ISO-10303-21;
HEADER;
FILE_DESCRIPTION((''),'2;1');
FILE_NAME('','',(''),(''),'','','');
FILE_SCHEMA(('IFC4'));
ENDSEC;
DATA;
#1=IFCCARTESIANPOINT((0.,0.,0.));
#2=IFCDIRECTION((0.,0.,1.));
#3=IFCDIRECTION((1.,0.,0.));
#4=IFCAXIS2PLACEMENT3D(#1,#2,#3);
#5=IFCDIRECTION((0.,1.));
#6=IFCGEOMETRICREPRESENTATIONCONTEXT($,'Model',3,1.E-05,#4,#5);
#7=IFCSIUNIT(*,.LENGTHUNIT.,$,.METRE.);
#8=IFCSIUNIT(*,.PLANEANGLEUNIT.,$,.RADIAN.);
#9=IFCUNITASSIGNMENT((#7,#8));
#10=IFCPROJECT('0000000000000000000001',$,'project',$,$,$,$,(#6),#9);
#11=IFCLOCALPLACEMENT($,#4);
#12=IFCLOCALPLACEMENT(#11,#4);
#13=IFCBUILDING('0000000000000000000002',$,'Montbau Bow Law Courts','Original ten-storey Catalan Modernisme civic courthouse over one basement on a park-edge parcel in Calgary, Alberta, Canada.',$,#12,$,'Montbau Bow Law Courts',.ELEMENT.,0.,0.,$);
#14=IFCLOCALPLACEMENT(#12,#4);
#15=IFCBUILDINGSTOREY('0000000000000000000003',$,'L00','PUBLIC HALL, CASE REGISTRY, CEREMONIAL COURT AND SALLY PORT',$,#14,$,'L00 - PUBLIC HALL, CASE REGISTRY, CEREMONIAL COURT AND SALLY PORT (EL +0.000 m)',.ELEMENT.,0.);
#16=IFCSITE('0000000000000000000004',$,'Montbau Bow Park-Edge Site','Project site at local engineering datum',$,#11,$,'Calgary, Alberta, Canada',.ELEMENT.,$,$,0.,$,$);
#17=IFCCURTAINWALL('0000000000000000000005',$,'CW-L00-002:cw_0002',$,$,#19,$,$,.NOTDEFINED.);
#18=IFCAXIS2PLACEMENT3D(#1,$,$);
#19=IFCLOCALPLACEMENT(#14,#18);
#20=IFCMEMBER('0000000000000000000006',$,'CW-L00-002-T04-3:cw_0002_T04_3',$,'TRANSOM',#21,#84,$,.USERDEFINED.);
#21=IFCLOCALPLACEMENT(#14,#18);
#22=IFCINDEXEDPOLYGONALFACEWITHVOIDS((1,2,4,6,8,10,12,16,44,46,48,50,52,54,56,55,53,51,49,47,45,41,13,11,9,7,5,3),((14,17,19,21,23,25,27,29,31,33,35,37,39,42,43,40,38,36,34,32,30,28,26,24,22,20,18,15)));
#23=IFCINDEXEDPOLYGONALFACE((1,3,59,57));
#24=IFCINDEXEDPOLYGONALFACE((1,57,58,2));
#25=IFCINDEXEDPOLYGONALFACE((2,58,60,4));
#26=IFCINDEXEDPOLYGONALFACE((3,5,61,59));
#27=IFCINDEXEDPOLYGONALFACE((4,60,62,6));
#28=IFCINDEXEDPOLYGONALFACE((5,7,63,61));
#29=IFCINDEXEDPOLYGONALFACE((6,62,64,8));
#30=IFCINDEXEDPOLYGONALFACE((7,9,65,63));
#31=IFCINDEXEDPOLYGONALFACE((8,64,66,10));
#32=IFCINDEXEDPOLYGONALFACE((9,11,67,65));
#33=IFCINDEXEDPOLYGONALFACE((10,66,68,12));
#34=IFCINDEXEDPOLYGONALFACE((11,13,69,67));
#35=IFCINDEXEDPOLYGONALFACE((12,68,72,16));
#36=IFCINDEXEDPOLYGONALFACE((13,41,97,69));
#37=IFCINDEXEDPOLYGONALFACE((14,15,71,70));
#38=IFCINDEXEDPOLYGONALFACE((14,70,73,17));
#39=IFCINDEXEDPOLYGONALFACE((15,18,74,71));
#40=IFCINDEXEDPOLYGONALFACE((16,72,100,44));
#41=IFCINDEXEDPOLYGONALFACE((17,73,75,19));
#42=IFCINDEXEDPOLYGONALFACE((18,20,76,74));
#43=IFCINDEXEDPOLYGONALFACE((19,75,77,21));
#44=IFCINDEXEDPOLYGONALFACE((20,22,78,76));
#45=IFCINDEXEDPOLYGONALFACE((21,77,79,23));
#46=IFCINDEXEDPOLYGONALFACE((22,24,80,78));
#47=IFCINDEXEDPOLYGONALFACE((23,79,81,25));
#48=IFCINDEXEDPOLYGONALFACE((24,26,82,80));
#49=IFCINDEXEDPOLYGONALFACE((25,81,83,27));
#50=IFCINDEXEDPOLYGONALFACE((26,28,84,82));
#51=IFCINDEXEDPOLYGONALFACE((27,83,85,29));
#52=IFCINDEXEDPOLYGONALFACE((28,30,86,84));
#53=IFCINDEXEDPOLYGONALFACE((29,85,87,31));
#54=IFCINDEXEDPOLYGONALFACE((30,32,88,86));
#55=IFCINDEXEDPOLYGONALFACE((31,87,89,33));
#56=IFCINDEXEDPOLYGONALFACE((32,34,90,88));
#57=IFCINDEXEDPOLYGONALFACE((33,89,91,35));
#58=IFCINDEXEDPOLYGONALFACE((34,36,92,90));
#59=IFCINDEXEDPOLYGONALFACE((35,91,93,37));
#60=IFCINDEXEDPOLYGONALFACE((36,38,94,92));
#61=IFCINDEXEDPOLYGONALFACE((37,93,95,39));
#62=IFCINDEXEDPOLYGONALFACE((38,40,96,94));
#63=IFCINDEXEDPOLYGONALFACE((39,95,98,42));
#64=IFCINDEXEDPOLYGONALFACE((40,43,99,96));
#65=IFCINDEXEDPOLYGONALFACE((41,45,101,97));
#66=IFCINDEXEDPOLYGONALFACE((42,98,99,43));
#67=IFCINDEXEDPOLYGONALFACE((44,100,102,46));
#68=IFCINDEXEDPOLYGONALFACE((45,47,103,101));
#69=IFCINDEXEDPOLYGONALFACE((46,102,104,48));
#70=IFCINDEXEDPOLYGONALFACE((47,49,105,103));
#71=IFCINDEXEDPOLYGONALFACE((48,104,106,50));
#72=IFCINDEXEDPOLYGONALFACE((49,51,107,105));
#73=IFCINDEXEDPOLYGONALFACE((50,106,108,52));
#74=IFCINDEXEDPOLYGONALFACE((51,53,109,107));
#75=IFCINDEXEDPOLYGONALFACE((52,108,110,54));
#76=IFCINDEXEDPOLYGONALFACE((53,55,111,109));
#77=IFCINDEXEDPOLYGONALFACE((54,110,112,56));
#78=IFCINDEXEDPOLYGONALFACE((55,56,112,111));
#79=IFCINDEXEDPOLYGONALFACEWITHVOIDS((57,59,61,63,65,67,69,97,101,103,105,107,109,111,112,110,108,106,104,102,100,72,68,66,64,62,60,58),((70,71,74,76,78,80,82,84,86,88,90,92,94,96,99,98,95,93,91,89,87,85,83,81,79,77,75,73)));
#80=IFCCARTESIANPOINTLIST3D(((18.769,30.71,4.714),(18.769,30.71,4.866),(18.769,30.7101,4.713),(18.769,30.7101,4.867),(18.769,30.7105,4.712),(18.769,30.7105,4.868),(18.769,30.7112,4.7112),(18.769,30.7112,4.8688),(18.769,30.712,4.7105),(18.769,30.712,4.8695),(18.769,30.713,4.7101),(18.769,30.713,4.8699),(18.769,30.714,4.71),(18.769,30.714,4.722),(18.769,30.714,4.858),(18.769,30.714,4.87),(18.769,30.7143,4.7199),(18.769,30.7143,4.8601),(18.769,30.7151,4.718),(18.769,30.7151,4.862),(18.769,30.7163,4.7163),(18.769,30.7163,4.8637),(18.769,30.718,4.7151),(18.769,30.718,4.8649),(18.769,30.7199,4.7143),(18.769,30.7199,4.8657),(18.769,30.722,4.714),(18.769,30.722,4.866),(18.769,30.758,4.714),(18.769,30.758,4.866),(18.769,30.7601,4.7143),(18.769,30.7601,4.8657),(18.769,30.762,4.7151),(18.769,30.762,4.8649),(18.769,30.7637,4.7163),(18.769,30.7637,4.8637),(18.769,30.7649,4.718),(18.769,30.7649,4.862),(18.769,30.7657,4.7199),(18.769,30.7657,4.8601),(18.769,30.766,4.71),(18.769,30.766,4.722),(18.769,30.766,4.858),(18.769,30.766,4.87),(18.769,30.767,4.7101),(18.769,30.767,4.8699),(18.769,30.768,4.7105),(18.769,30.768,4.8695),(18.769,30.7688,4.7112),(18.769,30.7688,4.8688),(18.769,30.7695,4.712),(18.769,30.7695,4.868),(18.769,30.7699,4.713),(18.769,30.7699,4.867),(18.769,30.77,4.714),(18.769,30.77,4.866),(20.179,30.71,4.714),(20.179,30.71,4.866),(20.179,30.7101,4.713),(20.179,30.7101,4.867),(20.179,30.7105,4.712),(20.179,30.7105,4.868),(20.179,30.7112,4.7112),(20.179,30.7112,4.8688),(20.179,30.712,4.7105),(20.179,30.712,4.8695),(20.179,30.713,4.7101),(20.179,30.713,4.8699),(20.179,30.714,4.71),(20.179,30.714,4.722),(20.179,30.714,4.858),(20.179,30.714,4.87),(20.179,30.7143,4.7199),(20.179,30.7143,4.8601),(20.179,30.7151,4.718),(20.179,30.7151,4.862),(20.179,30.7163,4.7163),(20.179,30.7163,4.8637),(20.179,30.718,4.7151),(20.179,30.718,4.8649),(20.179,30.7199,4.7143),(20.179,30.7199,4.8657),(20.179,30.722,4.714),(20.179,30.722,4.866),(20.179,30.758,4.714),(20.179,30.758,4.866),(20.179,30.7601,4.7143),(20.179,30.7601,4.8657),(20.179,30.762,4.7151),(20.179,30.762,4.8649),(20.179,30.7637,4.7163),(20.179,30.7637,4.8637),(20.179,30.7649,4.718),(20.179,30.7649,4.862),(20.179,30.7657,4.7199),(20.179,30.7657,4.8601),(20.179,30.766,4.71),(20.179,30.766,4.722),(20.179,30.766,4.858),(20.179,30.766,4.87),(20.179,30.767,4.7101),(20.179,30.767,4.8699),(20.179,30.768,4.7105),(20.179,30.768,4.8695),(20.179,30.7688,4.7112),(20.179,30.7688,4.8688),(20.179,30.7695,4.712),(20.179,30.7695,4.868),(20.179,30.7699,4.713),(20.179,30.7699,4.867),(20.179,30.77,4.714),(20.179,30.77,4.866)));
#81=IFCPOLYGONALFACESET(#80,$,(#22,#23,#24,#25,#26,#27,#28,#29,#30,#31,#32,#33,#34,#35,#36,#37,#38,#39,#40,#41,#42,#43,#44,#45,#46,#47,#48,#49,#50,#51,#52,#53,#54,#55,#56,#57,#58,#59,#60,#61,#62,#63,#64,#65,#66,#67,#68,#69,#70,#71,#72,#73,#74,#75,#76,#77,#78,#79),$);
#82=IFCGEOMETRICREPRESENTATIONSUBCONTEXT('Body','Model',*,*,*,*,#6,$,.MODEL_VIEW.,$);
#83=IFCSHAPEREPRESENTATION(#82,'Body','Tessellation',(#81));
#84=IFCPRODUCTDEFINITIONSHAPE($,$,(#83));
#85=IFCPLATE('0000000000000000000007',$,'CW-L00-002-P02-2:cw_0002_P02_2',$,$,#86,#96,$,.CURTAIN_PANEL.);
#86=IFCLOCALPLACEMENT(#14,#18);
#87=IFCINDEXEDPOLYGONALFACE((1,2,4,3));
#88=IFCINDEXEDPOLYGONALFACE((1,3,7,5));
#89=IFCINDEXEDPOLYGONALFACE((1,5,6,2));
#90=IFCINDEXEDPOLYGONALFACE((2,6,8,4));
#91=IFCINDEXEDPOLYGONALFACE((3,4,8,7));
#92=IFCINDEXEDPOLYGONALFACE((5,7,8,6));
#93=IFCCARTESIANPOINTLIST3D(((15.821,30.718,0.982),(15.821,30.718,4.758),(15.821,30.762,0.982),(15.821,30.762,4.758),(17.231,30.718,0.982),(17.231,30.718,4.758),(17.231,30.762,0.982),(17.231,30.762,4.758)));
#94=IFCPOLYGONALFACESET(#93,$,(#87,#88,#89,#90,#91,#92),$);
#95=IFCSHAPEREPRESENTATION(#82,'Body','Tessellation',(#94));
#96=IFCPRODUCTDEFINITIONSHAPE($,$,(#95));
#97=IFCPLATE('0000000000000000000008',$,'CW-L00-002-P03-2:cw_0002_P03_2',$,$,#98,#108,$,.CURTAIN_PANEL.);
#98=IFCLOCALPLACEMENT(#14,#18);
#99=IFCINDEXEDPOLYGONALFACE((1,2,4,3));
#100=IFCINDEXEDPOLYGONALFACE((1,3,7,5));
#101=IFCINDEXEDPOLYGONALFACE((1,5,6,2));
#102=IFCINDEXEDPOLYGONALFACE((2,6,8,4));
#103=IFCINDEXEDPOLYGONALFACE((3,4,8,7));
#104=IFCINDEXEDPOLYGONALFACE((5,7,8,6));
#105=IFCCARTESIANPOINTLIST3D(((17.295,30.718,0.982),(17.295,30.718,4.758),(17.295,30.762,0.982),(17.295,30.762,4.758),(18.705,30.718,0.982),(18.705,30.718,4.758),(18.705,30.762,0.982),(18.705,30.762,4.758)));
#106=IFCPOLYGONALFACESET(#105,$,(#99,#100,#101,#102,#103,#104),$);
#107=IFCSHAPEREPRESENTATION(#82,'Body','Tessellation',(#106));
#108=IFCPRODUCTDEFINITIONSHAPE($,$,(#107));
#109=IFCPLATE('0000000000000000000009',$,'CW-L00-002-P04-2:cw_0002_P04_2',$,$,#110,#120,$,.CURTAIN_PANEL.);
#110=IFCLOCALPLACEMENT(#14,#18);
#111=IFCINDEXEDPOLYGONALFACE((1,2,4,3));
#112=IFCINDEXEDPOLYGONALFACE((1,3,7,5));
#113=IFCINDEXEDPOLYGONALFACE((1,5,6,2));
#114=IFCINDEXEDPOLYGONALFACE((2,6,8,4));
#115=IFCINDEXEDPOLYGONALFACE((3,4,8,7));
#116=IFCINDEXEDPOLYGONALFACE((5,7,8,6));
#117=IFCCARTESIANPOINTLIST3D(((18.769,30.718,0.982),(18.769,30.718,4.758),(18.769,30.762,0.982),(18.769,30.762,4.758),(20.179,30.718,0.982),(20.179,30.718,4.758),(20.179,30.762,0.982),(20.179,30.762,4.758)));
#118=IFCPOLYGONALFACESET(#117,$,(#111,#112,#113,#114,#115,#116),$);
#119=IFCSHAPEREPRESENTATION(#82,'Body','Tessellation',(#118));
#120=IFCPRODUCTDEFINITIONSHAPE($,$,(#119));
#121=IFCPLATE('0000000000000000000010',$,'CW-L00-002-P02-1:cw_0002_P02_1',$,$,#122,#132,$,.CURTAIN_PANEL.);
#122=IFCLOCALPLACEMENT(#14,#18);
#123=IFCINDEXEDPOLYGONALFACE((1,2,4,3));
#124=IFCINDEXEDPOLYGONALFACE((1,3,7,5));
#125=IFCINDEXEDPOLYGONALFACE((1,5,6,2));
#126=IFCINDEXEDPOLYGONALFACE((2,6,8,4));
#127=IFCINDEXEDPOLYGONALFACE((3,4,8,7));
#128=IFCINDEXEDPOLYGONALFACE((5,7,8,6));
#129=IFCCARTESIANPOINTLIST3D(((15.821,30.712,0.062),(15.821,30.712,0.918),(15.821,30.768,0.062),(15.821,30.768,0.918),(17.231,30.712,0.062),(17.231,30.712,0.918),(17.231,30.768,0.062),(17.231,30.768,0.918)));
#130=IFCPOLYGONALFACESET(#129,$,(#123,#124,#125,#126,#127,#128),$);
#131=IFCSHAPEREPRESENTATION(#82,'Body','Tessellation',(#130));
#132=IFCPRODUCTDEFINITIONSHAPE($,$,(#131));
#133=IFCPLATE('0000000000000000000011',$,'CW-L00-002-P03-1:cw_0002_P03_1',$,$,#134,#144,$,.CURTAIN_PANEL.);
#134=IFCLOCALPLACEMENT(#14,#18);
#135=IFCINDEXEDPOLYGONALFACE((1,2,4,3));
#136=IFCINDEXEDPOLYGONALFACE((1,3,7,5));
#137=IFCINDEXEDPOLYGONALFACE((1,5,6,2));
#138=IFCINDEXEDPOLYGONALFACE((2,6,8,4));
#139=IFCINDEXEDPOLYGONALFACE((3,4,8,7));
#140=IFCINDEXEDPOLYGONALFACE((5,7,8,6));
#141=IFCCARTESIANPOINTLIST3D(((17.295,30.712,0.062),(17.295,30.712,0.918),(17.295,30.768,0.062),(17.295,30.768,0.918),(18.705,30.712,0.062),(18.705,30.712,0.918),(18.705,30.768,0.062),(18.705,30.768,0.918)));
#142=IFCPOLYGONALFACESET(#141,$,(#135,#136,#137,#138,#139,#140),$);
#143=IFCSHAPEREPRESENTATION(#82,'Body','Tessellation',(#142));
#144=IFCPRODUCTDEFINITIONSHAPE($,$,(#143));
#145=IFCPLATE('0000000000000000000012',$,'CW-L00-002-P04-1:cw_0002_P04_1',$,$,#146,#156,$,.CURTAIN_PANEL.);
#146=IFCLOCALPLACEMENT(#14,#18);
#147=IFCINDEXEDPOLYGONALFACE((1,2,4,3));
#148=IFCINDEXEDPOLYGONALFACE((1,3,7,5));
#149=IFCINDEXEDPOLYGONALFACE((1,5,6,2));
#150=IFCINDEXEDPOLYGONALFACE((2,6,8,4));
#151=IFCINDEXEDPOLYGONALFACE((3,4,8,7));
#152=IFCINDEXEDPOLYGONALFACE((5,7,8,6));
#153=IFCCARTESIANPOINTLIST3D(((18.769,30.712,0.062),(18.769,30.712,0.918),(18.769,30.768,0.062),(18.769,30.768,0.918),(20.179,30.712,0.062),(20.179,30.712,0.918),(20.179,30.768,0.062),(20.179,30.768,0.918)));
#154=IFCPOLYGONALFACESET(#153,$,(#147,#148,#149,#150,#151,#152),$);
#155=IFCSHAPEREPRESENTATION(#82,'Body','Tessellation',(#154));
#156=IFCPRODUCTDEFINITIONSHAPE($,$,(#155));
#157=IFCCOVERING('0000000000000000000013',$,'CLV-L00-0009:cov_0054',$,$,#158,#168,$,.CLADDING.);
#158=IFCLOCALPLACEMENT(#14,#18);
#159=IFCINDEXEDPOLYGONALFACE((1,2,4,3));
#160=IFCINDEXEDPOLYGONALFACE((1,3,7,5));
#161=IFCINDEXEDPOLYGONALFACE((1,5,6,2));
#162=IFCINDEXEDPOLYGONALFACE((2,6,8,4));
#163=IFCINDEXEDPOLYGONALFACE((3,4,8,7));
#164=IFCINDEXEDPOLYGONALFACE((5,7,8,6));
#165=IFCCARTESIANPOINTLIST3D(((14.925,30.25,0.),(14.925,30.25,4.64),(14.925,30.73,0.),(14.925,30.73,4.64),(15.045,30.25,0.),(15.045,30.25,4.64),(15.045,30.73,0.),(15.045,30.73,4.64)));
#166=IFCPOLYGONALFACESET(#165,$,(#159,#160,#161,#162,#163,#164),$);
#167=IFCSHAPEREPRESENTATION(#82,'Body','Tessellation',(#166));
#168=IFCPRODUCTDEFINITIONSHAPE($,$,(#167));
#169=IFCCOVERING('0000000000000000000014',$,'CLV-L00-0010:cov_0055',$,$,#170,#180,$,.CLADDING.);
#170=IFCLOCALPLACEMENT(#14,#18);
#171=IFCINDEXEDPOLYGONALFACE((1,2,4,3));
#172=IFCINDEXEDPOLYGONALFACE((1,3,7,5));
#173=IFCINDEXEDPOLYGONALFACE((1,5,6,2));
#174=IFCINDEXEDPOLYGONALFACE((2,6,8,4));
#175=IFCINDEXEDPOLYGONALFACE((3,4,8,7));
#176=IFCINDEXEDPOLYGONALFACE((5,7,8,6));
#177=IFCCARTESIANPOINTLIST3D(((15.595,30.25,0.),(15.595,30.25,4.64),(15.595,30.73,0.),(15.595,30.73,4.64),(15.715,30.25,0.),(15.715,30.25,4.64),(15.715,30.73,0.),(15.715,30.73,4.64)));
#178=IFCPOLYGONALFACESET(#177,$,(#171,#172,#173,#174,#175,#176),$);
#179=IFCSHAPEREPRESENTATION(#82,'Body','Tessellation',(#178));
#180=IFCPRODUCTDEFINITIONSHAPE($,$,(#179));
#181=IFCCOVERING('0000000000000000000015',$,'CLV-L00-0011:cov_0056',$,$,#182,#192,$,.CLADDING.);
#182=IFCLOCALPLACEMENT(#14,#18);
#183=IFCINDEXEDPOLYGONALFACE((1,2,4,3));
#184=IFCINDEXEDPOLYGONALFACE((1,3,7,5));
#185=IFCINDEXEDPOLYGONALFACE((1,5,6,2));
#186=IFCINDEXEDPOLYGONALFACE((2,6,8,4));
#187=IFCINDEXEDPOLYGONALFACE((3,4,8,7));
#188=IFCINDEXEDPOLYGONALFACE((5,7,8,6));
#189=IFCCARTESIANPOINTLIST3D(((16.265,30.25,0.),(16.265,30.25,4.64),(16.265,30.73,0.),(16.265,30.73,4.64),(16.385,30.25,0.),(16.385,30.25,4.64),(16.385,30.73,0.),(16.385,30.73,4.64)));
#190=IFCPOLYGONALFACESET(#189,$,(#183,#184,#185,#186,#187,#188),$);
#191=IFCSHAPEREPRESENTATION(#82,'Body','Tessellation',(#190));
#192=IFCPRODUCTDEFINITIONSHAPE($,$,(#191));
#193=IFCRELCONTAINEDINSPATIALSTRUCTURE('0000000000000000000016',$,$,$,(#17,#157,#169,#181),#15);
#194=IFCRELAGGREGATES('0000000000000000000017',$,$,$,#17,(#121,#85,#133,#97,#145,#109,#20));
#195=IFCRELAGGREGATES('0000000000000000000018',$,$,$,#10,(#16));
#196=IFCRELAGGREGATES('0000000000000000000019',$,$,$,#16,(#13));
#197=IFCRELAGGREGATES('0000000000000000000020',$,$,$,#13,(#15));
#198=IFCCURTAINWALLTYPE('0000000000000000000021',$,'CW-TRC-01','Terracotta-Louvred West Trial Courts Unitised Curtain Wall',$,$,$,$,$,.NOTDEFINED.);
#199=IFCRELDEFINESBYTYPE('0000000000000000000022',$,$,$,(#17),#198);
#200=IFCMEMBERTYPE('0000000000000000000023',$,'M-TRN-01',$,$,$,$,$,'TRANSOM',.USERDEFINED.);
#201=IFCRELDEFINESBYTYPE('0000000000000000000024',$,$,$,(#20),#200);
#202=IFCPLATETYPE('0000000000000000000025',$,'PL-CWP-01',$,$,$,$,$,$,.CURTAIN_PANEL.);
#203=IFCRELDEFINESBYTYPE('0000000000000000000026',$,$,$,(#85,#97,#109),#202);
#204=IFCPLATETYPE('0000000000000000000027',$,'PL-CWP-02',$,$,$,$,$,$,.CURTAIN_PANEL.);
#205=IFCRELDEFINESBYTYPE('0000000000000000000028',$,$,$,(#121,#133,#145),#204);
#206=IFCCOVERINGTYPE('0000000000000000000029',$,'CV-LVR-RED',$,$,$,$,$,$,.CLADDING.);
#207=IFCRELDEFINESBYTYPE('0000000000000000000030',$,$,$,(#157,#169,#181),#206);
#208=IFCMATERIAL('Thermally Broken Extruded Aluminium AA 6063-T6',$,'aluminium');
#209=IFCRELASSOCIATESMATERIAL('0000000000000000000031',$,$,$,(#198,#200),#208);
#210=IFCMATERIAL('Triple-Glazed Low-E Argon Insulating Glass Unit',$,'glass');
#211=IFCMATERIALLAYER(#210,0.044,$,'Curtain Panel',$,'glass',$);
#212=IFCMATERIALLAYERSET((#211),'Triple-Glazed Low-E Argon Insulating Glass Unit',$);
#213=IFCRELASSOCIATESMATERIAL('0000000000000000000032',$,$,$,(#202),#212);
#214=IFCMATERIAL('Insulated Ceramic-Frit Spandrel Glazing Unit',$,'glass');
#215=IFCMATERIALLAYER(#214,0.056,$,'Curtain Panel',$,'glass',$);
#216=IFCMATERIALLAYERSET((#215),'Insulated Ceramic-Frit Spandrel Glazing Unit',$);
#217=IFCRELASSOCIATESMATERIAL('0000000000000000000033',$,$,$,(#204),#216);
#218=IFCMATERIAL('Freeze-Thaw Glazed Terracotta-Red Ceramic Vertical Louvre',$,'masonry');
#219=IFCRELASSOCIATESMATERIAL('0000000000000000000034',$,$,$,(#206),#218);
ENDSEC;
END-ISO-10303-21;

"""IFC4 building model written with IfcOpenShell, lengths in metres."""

from ifc_helpers import new_model, si_unit, direction, frame, frame_2d, origin_with_axes, origin_2d_with_axis, place, context, subcontext, project, spatial, rectangle, hollow_rectangle, extrude, material, layer, layer_set, material_profile, profile_set, type_object, element, aggregate, save


model = new_model("IFC4")

# Units and contexts
model_context = context("Model", 3, precision=1e-05, world=origin_with_axes(), true_north=direction((0.0, 1.0)))
body_context = subcontext(model_context, "Body", "Model", "MODEL_VIEW")
ifc_project = project(units=[si_unit("LENGTHUNIT", "METRE"), si_unit("PLANEANGLEUNIT", "RADIAN")], contexts=[model_context])

# Site, building, storey
site_placement = place(None, origin_with_axes())
site = spatial("IfcSite", under=ifc_project, at=site_placement, Name="Montbau Bow Park-Edge Site", Description="Project site at local engineering datum", LongName="Calgary, Alberta, Canada", CompositionType="ELEMENT", RefElevation=0.0)
building_placement = place(site_placement, origin_with_axes())
building = spatial("IfcBuilding", under=site, at=building_placement, Name="Montbau Bow Law Courts", Description="Original ten-storey Catalan Modernisme civic courthouse over one basement on a park-edge parcel in Calgary, Alberta, Canada.", LongName="Montbau Bow Law Courts", CompositionType="ELEMENT", ElevationOfRefHeight=0.0, ElevationOfTerrain=0.0)
storey_placement = place(building_placement, origin_with_axes())
storey = spatial("IfcBuildingStorey", under=building, at=storey_placement, Name="L00", Description="PUBLIC HALL, CASE REGISTRY, CEREMONIAL COURT AND SALLY PORT", LongName="L00 - PUBLIC HALL, CASE REGISTRY, CEREMONIAL COURT AND SALLY PORT (EL +0.000 m)", CompositionType="ELEMENT", Elevation=0.0)

# Curtain wall, member, plates
ifc_material_1 = material(Name="Thermally Broken Extruded Aluminium AA 6063-T6", Category="aluminium")
curtain_wall_type = type_object("IfcCurtainWallType", Name="CW-TRC-01", Description="Terracotta-Louvred West Trial Courts Unitised Curtain Wall", PredefinedType="NOTDEFINED", material=ifc_material_1)
curtain_wall_placement = place(None, frame((14.315, 30.74, 0.0), z_axis=(0.0, 0.0, 1.0), x_axis=(1.0, 0.0, 0.0)))
curtain_wall = element("IfcCurtainWall", 1, at=curtain_wall_placement, inside=storey, type_object=curtain_wall_type, Name="CW-L00-002:cw_0002", PredefinedType="NOTDEFINED")
ifc_material_profile_1 = material_profile(ifc_material_1, hollow_rectangle(XDim=0.06, YDim=0.16, WallThickness=0.004, InnerFilletRadius=0.008, OuterFilletRadius=0.004, at=origin_2d_with_axis()), Name="CWT-160X60", Category="Main", Priority=0)
ifc_profile_set_1 = profile_set([ifc_material_profile_1], Name="Thermally Broken Extruded Aluminium AA 6063-T6")
member_type_1 = type_object("IfcMemberType", Name="M-TRN-01", ElementType="TRANSOM", PredefinedType="USERDEFINED", material=ifc_profile_set_1)
member_1_placement = place(None, frame((18.769, 30.74, 4.79), z_axis=(1.0, 0.0, 0.0), x_axis=(0.0, 1.0, 0.0)))
member_1 = element("IfcMember", 2, at=member_1_placement, type_object=member_type_1, Name="CW-L00-002-T04-3:cw_0002_T04_3", ObjectType="TRANSOM", PredefinedType="USERDEFINED", context=body_context, shape_type="SweptSolid", body=[
    extrude(hollow_rectangle(XDim=0.06, YDim=0.16, WallThickness=0.004, InnerFilletRadius=0.008, OuterFilletRadius=0.004, at=origin_2d_with_axis()), origin_with_axes(), (0.0, 0.0, 1.0), 1.41),
])
ifc_material_2 = material(Name="Triple-Glazed Low-E Argon Insulating Glass Unit", Category="glass")
ifc_layer_1 = layer(ifc_material_2, 0.044, Name="Curtain Panel", Category="glass")
ifc_layer_set_1 = layer_set([ifc_layer_1], Name="Triple-Glazed Low-E Argon Insulating Glass Unit")
plate_type_1 = type_object("IfcPlateType", Name="PL-CWP-01", PredefinedType="CURTAIN_PANEL", material=ifc_layer_set_1)
plate_1_placement = place(None, frame((15.821, 30.74, 0.982), z_axis=(0.0, -1.0, 0.0), x_axis=(1.0, 0.0, 0.0)))
plate_1 = element("IfcPlate", 3, at=plate_1_placement, type_object=plate_type_1, Name="CW-L00-002-P02-2:cw_0002_P02_2", PredefinedType="CURTAIN_PANEL", context=body_context, shape_type="SweptSolid", body=[
    extrude(rectangle(XDim=1.41, YDim=3.776, at=frame_2d((0.705, 1.888), x_axis=(1.0, 0.0))), frame((0.0, 0.0, -0.022), z_axis=(0.0, 0.0, 1.0), x_axis=(1.0, 0.0, 0.0)), (0.0, 0.0, 1.0), 0.044),
])
plate_2_placement = place(None, frame((17.295, 30.74, 0.982), z_axis=(0.0, -1.0, 0.0), x_axis=(1.0, 0.0, 0.0)))
plate_2 = element("IfcPlate", 4, at=plate_2_placement, type_object=plate_type_1, Name="CW-L00-002-P03-2:cw_0002_P03_2", PredefinedType="CURTAIN_PANEL", context=body_context, shape_type="SweptSolid", body=[
    extrude(rectangle(XDim=1.41, YDim=3.776, at=frame_2d((0.705, 1.888), x_axis=(1.0, 0.0))), frame((0.0, 0.0, -0.022), z_axis=(0.0, 0.0, 1.0), x_axis=(1.0, 0.0, 0.0)), (0.0, 0.0, 1.0), 0.044),
])
plate_3_placement = place(None, frame((18.769, 30.74, 0.982), z_axis=(0.0, -1.0, 0.0), x_axis=(1.0, 0.0, 0.0)))
plate_3 = element("IfcPlate", 5, at=plate_3_placement, type_object=plate_type_1, Name="CW-L00-002-P04-2:cw_0002_P04_2", PredefinedType="CURTAIN_PANEL", context=body_context, shape_type="SweptSolid", body=[
    extrude(rectangle(XDim=1.41, YDim=3.776, at=frame_2d((0.705, 1.888), x_axis=(1.0, 0.0))), frame((0.0, 0.0, -0.022), z_axis=(0.0, 0.0, 1.0), x_axis=(1.0, 0.0, 0.0)), (0.0, 0.0, 1.0), 0.044),
])
ifc_material_3 = material(Name="Insulated Ceramic-Frit Spandrel Glazing Unit", Category="glass")
ifc_layer_2 = layer(ifc_material_3, 0.056, Name="Curtain Panel", Category="glass")
ifc_layer_set_2 = layer_set([ifc_layer_2], Name="Insulated Ceramic-Frit Spandrel Glazing Unit")
plate_type_2 = type_object("IfcPlateType", Name="PL-CWP-02", PredefinedType="CURTAIN_PANEL", material=ifc_layer_set_2)
plate_4_placement = place(None, frame((15.821, 30.74, 0.062), z_axis=(0.0, -1.0, 0.0), x_axis=(1.0, 0.0, 0.0)))
plate_4 = element("IfcPlate", 6, at=plate_4_placement, type_object=plate_type_2, Name="CW-L00-002-P02-1:cw_0002_P02_1", PredefinedType="CURTAIN_PANEL", context=body_context, shape_type="SweptSolid", body=[
    extrude(rectangle(XDim=1.41, YDim=0.856, at=frame_2d((0.705, 0.428), x_axis=(1.0, 0.0))), frame((0.0, 0.0, -0.028), z_axis=(0.0, 0.0, 1.0), x_axis=(1.0, 0.0, 0.0)), (0.0, 0.0, 1.0), 0.056),
])
plate_5_placement = place(None, frame((17.295, 30.74, 0.062), z_axis=(0.0, -1.0, 0.0), x_axis=(1.0, 0.0, 0.0)))
plate_5 = element("IfcPlate", 7, at=plate_5_placement, type_object=plate_type_2, Name="CW-L00-002-P03-1:cw_0002_P03_1", PredefinedType="CURTAIN_PANEL", context=body_context, shape_type="SweptSolid", body=[
    extrude(rectangle(XDim=1.41, YDim=0.856, at=frame_2d((0.705, 0.428), x_axis=(1.0, 0.0))), frame((0.0, 0.0, -0.028), z_axis=(0.0, 0.0, 1.0), x_axis=(1.0, 0.0, 0.0)), (0.0, 0.0, 1.0), 0.056),
])
plate_6_placement = place(None, frame((18.769, 30.74, 0.062), z_axis=(0.0, -1.0, 0.0), x_axis=(1.0, 0.0, 0.0)))
plate_6 = element("IfcPlate", 8, at=plate_6_placement, type_object=plate_type_2, Name="CW-L00-002-P04-1:cw_0002_P04_1", PredefinedType="CURTAIN_PANEL", context=body_context, shape_type="SweptSolid", body=[
    extrude(rectangle(XDim=1.41, YDim=0.856, at=frame_2d((0.705, 0.428), x_axis=(1.0, 0.0))), frame((0.0, 0.0, -0.028), z_axis=(0.0, 0.0, 1.0), x_axis=(1.0, 0.0, 0.0)), (0.0, 0.0, 1.0), 0.056),
])
aggregate(curtain_wall, [plate_4, plate_1, plate_5, plate_2, plate_6, plate_3, member_1])

# Coverings
ifc_material_4 = material(Name="Freeze-Thaw Glazed Terracotta-Red Ceramic Vertical Louvre", Category="masonry")
covering_type = type_object("IfcCoveringType", Name="CV-LVR-RED", PredefinedType="CLADDING", material=ifc_material_4)
for number, where, z_axis, x_axis, name in (
    (9, (14.985, 30.73, 0.0), (-1.0, 0.0, 0.0), (0.0, -1.0, 0.0), "CLV-L00-0009:cov_0054"),
    (10, (15.655, 30.73, 0.0), (-1.0, 0.0, 0.0), (0.0, -1.0, 0.0), "CLV-L00-0010:cov_0055"),
    (11, (16.325, 30.73, 0.0), (-1.0, 0.0, 0.0), (0.0, -1.0, 0.0), "CLV-L00-0011:cov_0056"),
):
    element("IfcCovering", number, at=place(None, frame(where, z_axis=z_axis, x_axis=x_axis)), inside=storey, type_object=covering_type, Name=name, PredefinedType="CLADDING", context=body_context, shape_type="SweptSolid", body=[
        extrude(rectangle(XDim=0.48, YDim=4.64, at=frame_2d((0.24, 2.32), x_axis=(1.0, 0.0))), frame((0.0, 0.0, -0.06), z_axis=(0.0, 0.0, 1.0), x_axis=(1.0, 0.0, 0.0)), (0.0, 0.0, 1.0), 0.12),
    ])

save(model, "model.ifc")
